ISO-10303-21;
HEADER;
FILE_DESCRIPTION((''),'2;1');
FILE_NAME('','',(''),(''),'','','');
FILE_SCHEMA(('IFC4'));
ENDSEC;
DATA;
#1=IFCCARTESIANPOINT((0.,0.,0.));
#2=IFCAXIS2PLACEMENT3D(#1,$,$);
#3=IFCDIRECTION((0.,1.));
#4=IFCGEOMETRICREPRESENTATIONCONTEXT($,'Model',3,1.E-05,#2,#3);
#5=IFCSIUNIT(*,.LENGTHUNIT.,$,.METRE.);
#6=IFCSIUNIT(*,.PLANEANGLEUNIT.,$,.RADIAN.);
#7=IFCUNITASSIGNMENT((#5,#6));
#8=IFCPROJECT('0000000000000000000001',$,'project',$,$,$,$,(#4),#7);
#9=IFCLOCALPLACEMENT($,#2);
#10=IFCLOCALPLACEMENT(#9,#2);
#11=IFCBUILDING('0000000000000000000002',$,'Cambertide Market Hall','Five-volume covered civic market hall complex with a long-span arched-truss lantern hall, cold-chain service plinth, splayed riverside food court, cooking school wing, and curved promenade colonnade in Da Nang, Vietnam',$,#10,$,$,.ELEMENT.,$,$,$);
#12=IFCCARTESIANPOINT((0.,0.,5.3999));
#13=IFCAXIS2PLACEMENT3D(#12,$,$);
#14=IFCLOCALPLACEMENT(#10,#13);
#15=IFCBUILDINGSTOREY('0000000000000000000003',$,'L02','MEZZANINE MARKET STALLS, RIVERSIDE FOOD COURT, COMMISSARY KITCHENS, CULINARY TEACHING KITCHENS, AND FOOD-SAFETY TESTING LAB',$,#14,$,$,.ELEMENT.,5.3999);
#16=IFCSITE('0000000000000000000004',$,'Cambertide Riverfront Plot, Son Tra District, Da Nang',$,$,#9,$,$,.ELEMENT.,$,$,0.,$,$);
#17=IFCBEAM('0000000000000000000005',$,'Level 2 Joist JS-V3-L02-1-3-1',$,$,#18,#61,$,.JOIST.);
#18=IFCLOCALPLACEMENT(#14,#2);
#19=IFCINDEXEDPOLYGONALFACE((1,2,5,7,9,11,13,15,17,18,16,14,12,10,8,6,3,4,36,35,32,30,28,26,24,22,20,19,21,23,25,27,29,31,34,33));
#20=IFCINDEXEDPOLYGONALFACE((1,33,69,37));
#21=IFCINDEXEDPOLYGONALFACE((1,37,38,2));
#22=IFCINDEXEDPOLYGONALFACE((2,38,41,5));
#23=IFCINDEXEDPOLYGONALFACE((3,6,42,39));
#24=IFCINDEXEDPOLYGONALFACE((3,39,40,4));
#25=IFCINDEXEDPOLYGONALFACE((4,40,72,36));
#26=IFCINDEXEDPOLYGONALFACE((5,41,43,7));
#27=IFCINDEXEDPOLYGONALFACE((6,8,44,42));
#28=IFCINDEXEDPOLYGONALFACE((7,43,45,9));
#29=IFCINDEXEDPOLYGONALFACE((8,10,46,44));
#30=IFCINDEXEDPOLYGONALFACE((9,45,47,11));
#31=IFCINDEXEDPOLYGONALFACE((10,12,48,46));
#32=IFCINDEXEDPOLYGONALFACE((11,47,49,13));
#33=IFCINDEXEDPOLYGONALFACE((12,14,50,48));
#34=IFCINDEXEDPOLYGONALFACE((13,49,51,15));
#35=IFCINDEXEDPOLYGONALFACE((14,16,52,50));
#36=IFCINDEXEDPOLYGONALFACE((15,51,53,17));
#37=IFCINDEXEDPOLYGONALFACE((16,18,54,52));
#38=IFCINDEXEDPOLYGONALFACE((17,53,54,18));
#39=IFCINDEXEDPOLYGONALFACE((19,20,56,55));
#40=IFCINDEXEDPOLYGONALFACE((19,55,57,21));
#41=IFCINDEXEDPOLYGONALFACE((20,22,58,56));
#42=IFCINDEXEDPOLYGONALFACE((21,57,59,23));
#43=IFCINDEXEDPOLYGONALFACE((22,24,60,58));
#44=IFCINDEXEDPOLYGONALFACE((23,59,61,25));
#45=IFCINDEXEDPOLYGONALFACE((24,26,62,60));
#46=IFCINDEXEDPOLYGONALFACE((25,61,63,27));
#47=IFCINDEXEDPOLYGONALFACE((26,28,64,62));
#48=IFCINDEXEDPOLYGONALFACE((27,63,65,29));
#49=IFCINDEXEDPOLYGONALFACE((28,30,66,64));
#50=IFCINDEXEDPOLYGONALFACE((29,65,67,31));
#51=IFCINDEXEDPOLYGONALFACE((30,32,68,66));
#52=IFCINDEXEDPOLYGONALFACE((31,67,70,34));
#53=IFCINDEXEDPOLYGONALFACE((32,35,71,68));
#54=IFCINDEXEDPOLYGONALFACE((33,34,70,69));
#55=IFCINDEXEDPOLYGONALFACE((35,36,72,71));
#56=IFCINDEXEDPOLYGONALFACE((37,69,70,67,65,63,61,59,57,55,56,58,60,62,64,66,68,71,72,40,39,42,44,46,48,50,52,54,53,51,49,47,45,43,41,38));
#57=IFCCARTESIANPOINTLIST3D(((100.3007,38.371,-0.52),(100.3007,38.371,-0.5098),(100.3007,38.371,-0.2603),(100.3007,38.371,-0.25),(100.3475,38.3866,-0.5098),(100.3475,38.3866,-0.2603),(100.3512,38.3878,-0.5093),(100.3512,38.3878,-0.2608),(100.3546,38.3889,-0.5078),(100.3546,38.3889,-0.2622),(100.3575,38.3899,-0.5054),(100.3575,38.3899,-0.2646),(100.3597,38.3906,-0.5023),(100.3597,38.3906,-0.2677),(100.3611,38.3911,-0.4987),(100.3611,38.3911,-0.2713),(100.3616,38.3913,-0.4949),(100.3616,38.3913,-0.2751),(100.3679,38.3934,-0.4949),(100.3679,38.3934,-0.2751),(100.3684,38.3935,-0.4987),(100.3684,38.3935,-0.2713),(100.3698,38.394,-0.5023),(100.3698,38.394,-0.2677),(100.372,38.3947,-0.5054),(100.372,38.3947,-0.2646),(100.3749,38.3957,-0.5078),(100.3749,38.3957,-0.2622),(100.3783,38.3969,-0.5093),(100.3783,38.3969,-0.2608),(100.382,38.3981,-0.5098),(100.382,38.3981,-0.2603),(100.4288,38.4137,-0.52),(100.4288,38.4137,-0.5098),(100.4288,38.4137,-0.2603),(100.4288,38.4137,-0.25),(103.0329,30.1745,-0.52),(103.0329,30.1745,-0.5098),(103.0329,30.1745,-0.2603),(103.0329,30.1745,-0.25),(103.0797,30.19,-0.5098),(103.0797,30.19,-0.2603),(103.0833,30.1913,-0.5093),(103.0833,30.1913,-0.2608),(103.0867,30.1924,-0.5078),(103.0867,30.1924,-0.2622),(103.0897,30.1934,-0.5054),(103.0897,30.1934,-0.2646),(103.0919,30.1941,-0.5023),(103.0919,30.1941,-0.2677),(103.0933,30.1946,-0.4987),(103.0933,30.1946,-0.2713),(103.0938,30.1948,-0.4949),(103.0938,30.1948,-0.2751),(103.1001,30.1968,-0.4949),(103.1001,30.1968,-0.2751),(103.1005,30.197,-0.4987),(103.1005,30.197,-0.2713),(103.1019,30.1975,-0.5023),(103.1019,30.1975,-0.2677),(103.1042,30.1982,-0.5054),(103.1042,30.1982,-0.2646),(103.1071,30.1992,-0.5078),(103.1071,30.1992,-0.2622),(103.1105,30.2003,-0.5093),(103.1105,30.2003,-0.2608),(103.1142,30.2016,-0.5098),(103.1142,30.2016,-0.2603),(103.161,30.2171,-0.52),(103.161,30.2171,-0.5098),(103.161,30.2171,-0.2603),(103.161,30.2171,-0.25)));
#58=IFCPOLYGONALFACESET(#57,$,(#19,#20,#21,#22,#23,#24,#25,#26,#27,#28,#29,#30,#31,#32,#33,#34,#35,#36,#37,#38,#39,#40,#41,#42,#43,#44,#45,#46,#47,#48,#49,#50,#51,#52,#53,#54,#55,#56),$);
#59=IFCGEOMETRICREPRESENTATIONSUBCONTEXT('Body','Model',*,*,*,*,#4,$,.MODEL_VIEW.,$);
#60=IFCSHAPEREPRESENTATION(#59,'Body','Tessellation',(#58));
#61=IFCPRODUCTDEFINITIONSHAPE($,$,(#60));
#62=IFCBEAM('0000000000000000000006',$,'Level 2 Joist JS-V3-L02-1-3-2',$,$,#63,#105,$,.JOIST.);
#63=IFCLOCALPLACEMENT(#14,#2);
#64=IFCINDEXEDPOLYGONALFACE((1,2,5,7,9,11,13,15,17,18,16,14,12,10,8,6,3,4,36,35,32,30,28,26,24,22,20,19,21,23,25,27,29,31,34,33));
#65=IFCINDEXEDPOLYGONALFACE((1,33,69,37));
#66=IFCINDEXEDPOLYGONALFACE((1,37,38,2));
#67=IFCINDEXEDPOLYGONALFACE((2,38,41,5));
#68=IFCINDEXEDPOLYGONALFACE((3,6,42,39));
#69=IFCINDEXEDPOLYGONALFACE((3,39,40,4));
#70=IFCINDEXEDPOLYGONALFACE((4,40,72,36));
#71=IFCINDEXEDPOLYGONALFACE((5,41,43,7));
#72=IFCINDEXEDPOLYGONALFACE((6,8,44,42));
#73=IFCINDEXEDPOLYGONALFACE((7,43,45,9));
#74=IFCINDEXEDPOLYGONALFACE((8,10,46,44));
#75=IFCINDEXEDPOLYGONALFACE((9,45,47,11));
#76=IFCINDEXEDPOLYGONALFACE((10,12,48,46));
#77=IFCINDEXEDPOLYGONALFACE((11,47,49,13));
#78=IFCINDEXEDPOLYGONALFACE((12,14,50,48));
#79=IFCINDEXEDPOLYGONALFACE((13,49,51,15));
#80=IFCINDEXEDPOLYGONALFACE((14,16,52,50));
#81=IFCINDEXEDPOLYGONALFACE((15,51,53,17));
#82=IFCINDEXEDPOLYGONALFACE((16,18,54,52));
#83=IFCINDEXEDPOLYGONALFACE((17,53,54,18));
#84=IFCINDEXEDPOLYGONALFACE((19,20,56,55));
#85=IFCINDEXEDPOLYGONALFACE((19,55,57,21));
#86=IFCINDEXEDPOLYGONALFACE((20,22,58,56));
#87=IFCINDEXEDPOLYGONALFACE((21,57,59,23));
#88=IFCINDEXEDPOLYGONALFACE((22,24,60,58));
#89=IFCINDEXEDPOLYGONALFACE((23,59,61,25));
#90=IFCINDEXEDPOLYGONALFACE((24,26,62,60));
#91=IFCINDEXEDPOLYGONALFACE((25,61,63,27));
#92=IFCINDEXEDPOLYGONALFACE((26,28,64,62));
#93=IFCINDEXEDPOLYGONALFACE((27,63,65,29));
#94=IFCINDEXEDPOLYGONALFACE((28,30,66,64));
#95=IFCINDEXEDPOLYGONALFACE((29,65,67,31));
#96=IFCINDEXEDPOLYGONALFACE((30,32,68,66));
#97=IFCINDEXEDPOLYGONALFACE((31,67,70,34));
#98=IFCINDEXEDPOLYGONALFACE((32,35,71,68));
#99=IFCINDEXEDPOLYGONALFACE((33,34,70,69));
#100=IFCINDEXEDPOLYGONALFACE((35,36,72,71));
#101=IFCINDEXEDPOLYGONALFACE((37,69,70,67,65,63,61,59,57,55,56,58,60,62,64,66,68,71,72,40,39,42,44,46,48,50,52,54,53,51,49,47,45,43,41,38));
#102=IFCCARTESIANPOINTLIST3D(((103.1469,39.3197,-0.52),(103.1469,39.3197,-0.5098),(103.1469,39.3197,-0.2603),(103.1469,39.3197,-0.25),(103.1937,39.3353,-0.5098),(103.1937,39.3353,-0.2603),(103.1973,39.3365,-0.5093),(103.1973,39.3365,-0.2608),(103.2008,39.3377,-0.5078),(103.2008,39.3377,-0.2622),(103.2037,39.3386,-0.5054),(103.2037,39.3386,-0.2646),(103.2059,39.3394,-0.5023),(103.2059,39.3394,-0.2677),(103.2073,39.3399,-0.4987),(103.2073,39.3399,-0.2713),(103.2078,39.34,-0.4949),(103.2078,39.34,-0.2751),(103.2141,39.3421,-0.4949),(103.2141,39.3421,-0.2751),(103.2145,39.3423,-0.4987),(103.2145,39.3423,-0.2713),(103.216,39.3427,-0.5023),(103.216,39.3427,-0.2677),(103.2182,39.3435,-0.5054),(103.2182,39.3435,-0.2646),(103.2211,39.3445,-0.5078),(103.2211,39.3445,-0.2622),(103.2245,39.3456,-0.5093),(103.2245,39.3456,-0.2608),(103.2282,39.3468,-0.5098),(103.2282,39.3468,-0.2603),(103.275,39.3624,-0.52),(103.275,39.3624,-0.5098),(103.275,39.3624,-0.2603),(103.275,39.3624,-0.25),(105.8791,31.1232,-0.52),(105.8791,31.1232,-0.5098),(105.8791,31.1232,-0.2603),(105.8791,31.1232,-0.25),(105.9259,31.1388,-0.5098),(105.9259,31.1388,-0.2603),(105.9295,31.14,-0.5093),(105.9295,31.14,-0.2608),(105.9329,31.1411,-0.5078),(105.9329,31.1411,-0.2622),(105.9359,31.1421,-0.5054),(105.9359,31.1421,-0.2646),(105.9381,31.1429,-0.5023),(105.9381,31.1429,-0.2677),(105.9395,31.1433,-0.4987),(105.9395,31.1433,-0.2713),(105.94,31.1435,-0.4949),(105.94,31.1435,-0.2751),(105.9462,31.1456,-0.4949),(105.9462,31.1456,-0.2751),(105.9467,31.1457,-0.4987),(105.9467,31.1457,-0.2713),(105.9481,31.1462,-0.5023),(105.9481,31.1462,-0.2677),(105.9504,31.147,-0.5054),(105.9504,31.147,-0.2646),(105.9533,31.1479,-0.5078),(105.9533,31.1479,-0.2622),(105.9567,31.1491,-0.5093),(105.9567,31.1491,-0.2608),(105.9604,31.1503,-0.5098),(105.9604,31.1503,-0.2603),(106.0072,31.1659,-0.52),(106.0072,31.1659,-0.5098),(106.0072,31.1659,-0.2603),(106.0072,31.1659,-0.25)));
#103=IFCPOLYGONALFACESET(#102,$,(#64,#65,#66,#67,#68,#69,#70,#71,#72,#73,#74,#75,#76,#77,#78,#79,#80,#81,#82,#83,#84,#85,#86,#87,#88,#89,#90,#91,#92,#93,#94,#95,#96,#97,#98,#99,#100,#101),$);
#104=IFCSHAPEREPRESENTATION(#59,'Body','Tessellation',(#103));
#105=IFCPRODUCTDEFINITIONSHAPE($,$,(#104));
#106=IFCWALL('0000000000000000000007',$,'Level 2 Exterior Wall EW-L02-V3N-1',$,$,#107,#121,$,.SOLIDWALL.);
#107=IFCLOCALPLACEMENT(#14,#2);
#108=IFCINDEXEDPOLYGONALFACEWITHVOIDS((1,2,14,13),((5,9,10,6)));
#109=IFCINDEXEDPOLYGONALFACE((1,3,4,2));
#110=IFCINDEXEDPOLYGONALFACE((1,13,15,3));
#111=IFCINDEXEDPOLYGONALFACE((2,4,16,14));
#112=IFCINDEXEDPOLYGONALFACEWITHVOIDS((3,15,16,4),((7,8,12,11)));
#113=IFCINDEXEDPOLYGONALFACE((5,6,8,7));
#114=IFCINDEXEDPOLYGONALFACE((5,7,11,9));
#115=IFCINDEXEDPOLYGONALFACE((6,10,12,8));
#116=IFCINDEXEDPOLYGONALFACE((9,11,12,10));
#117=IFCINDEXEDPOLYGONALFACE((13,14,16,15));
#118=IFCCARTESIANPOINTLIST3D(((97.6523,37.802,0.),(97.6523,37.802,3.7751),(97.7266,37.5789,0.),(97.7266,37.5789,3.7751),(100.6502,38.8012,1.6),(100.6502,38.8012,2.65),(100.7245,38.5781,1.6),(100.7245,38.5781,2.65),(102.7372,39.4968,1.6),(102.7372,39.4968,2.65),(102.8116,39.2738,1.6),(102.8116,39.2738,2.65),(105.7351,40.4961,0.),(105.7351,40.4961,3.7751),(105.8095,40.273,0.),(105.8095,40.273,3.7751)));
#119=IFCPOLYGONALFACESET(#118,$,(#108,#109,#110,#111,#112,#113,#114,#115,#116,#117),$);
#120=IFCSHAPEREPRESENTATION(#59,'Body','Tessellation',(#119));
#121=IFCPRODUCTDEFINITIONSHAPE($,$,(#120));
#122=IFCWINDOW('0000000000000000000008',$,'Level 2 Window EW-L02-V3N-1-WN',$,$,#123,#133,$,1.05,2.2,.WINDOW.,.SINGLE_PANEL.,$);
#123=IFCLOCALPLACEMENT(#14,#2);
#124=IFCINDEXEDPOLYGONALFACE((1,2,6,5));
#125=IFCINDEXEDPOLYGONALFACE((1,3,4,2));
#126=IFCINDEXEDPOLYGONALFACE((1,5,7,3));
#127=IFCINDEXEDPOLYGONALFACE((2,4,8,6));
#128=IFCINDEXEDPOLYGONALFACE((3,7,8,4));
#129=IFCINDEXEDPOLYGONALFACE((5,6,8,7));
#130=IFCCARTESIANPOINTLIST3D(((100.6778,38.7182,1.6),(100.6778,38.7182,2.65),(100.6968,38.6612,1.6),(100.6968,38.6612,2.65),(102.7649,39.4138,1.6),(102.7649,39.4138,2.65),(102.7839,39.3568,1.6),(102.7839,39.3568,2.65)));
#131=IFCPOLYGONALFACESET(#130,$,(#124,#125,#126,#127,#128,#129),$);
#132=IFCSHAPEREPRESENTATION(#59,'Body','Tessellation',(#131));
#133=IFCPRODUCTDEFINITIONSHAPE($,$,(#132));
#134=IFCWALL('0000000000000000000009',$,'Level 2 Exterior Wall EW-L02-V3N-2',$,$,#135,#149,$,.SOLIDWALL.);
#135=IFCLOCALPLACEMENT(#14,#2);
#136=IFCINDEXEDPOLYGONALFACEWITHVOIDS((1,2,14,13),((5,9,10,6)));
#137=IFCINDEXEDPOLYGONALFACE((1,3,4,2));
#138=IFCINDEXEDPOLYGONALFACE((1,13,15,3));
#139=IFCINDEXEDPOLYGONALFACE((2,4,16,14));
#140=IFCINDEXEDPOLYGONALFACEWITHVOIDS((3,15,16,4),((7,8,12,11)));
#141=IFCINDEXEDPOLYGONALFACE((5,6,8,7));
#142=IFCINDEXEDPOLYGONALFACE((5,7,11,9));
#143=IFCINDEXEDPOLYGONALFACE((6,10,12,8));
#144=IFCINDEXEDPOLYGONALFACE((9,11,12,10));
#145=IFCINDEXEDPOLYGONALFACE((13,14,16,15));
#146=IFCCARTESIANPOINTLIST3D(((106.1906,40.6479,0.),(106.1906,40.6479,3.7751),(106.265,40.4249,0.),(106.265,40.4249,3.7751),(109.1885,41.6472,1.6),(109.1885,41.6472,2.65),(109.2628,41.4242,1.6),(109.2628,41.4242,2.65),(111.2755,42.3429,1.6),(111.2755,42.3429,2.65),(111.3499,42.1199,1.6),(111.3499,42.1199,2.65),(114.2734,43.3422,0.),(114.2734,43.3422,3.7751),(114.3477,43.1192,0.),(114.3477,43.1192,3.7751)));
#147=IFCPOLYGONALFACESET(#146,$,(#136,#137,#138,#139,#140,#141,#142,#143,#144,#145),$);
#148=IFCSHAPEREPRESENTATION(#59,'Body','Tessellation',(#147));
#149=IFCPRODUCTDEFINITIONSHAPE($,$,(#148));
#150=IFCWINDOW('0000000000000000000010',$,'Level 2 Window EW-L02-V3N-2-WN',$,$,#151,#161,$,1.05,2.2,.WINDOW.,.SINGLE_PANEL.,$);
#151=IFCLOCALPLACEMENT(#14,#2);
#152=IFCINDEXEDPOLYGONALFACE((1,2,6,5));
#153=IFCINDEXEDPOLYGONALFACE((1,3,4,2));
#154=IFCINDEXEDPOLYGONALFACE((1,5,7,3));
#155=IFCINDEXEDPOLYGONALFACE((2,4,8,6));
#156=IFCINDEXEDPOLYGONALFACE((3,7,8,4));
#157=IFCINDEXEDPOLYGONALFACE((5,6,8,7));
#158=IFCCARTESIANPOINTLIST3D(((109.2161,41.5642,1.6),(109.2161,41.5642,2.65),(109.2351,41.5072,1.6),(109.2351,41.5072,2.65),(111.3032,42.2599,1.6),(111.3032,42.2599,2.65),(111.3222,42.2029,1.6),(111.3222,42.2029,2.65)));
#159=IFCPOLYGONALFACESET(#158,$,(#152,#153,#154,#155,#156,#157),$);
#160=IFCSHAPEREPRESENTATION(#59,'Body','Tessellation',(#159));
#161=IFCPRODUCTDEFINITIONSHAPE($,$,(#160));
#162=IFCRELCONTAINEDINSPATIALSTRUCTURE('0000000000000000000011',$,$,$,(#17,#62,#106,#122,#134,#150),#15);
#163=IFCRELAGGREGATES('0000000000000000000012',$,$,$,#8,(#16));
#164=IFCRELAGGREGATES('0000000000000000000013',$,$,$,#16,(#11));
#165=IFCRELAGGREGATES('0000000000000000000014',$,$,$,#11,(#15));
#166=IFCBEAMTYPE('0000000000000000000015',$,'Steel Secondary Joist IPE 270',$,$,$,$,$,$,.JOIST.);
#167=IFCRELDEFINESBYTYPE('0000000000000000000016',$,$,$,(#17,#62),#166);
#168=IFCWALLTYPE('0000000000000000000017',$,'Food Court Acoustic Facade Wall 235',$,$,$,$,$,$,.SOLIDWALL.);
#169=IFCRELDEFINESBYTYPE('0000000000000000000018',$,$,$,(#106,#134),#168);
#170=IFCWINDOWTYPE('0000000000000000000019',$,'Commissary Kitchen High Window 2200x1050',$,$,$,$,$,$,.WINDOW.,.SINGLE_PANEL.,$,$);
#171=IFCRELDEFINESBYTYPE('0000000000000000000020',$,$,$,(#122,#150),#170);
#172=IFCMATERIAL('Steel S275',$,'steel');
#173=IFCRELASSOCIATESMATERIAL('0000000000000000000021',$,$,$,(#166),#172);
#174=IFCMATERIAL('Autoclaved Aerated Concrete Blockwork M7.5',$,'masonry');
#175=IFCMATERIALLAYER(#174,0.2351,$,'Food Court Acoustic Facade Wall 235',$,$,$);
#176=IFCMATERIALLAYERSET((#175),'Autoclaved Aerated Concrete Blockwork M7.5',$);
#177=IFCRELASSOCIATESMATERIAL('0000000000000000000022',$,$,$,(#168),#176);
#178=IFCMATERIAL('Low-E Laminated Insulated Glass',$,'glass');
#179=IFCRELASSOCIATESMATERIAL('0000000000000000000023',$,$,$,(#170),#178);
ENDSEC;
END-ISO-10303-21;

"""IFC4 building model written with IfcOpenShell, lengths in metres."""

from ifc_helpers import new_model, si_unit, direction, frame, frame_2d, origin, origin_2d, place, context, subcontext, project, spatial, rectangle, i_section, extrude, material, layer, layer_set, material_profile, profile_set, type_object, element, fill, save


model = new_model("IFC4")

# Units and contexts
model_context = context("Model", 3, precision=1e-05, world=origin(), true_north=direction((0.0, 1.0)))
body_context = subcontext(model_context, "Body", "Model", "MODEL_VIEW")
ifc_project = project(units=[si_unit("LENGTHUNIT", "METRE"), si_unit("PLANEANGLEUNIT", "RADIAN")], contexts=[model_context])

# Site, building, storey
site_placement = place(None, origin())
site = spatial("IfcSite", under=ifc_project, at=site_placement, Name="Cambertide Riverfront Plot, Son Tra District, Da Nang", CompositionType="ELEMENT", RefElevation=0.0)
building_placement = place(site_placement, origin())
building = spatial("IfcBuilding", under=site, at=building_placement, Name="Cambertide Market Hall", Description="Five-volume covered civic market hall complex with a long-span arched-truss lantern hall, cold-chain service plinth, splayed riverside food court, cooking school wing, and curved promenade colonnade in Da Nang, Vietnam", CompositionType="ELEMENT")
storey_placement = place(building_placement, frame((0.0, 0.0, 5.3999)))
storey = spatial("IfcBuildingStorey", under=building, at=storey_placement, Name="L02", Description="MEZZANINE MARKET STALLS, RIVERSIDE FOOD COURT, COMMISSARY KITCHENS, CULINARY TEACHING KITCHENS, AND FOOD-SAFETY TESTING LAB", CompositionType="ELEMENT", Elevation=5.3999)

# Beams
ifc_material_1 = material(Name="Steel S275", Category="steel")
ifc_material_profile_1 = material_profile(ifc_material_1, i_section(OverallWidth=0.135, OverallDepth=0.27, WebThickness=0.0066, FlangeThickness=0.0103, FilletRadius=0.0149, at=origin_2d()), Name="IPE 270")
ifc_profile_set_1 = profile_set([ifc_material_profile_1], Name="Steel S275")
beam_type_1 = type_object("IfcBeamType", Name="Steel Secondary Joist IPE 270", PredefinedType="JOIST", material=ifc_profile_set_1)
for number, where, z_axis, x_axis, name in (
    (1, (103.0969, 30.1958, -0.385), (-0.316228, 0.948683, 0.0), (-0.948683, -0.316228, 0.0), "Level 2 Joist JS-V3-L02-1-3-1"),
    (2, (105.9431, 31.1445, -0.385), (-0.316228, 0.948683, 0.0), (-0.948683, -0.316228, 0.0), "Level 2 Joist JS-V3-L02-1-3-2"),
):
    element("IfcBeam", number, at=place(storey_placement, frame(where, z_axis=z_axis, x_axis=x_axis)), inside=storey, type_object=beam_type_1, Name=name, PredefinedType="JOIST", context=body_context, shape_type="SweptSolid", body=[
        extrude(i_section(OverallWidth=0.135, OverallDepth=0.27, WebThickness=0.0066, FlangeThickness=0.0103, FilletRadius=0.0149, at=origin_2d()), origin(), (0.0, 0.0, 1.0), 8.6399),
    ])

# Walls, openings, windows
ifc_material_2 = material(Name="Autoclaved Aerated Concrete Blockwork M7.5", Category="masonry")
ifc_layer_1 = layer(ifc_material_2, 0.2351, Name="Food Court Acoustic Facade Wall 235")
ifc_layer_set_1 = layer_set([ifc_layer_1], Name="Autoclaved Aerated Concrete Blockwork M7.5")
wall_type = type_object("IfcWallType", Name="Food Court Acoustic Facade Wall 235", PredefinedType="SOLIDWALL", material=ifc_layer_set_1)
wall_1_placement = place(storey_placement, frame((97.6895, 37.6904, 0.0), z_axis=(0.0, 0.0, 1.0), x_axis=(0.948689, 0.316211, 0.0)))
wall_1 = element("IfcWall", 3, at=wall_1_placement, inside=storey, type_object=wall_type, Name="Level 2 Exterior Wall EW-L02-V3N-1", PredefinedType="SOLIDWALL", context=body_context, shape_type="SweptSolid", body=[
    extrude(rectangle(XDim=8.52, YDim=0.2351, at=frame_2d((4.26, 0.0))), origin(), (0.0, 0.0, 1.0), 3.7751),
])
opening_1_placement = place(wall_1_placement, frame((3.1599, 0.0, 1.6001)))
opening_1 = element("IfcOpeningElement", 4, at=opening_1_placement, cuts=wall_1, PredefinedType="OPENING", context=body_context, shape_type="SweptSolid", body=[
    extrude(rectangle(XDim=2.2, YDim=1.05, at=frame_2d((1.1001, 0.5249))), frame((0.0, 0.1274, 0.0), z_axis=(0.0, -1.0, 0.0), x_axis=(1.0, 0.0, 0.0)), (0.0, 0.0, 1.0), 0.2551),
])
ifc_material_3 = material(Name="Low-E Laminated Insulated Glass", Category="glass")
window_type_1 = type_object("IfcWindowType", Name="Commissary Kitchen High Window 2200x1050", PartitioningType="SINGLE_PANEL", PredefinedType="WINDOW", material=ifc_material_3)
window_1_placement = place(opening_1_placement, origin())
window_1 = element("IfcWindow", 5, at=window_1_placement, inside=storey, type_object=window_type_1, Name="Level 2 Window EW-L02-V3N-1-WN", OverallHeight=1.05, OverallWidth=2.2, PartitioningType="SINGLE_PANEL", PredefinedType="WINDOW", context=body_context, shape_type="SweptSolid", body=[
    extrude(rectangle(XDim=2.2, YDim=1.05, at=frame_2d((1.1001, 0.5249))), frame((0.0, 0.03, 0.0), z_axis=(0.0, -1.0, 0.0), x_axis=(1.0, 0.0, 0.0)), (0.0, 0.0, 1.0), 0.0601),
])
fill(opening_1, window_1)
wall_2_placement = place(storey_placement, frame((106.2278, 40.5364, 0.0), z_axis=(0.0, 0.0, 1.0), x_axis=(0.94868, 0.316236, 0.0)))
wall_2 = element("IfcWall", 6, at=wall_2_placement, inside=storey, type_object=wall_type, Name="Level 2 Exterior Wall EW-L02-V3N-2", PredefinedType="SOLIDWALL", context=body_context, shape_type="SweptSolid", body=[
    extrude(rectangle(XDim=8.52, YDim=0.2351, at=frame_2d((4.26, 0.0))), origin(), (0.0, 0.0, 1.0), 3.7751),
])
opening_2_placement = place(wall_2_placement, frame((3.1599, 0.0, 1.6001)))
opening_2 = element("IfcOpeningElement", 7, at=opening_2_placement, cuts=wall_2, PredefinedType="OPENING", context=body_context, shape_type="SweptSolid", body=[
    extrude(rectangle(XDim=2.2, YDim=1.05, at=frame_2d((1.1001, 0.5249))), frame((0.0, 0.1274, 0.0), z_axis=(0.0, -1.0, 0.0), x_axis=(1.0, 0.0, 0.0)), (0.0, 0.0, 1.0), 0.2551),
])
window_2_placement = place(opening_2_placement, origin())
window_2 = element("IfcWindow", 8, at=window_2_placement, inside=storey, type_object=window_type_1, Name="Level 2 Window EW-L02-V3N-2-WN", OverallHeight=1.05, OverallWidth=2.2, PartitioningType="SINGLE_PANEL", PredefinedType="WINDOW", context=body_context, shape_type="SweptSolid", body=[
    extrude(rectangle(XDim=2.2, YDim=1.05, at=frame_2d((1.1001, 0.5249))), frame((0.0, 0.03, 0.0), z_axis=(0.0, -1.0, 0.0), x_axis=(1.0, 0.0, 0.0)), (0.0, 0.0, 1.0), 0.0601),
])
fill(opening_2, window_2)

save(model, "model.ifc")
